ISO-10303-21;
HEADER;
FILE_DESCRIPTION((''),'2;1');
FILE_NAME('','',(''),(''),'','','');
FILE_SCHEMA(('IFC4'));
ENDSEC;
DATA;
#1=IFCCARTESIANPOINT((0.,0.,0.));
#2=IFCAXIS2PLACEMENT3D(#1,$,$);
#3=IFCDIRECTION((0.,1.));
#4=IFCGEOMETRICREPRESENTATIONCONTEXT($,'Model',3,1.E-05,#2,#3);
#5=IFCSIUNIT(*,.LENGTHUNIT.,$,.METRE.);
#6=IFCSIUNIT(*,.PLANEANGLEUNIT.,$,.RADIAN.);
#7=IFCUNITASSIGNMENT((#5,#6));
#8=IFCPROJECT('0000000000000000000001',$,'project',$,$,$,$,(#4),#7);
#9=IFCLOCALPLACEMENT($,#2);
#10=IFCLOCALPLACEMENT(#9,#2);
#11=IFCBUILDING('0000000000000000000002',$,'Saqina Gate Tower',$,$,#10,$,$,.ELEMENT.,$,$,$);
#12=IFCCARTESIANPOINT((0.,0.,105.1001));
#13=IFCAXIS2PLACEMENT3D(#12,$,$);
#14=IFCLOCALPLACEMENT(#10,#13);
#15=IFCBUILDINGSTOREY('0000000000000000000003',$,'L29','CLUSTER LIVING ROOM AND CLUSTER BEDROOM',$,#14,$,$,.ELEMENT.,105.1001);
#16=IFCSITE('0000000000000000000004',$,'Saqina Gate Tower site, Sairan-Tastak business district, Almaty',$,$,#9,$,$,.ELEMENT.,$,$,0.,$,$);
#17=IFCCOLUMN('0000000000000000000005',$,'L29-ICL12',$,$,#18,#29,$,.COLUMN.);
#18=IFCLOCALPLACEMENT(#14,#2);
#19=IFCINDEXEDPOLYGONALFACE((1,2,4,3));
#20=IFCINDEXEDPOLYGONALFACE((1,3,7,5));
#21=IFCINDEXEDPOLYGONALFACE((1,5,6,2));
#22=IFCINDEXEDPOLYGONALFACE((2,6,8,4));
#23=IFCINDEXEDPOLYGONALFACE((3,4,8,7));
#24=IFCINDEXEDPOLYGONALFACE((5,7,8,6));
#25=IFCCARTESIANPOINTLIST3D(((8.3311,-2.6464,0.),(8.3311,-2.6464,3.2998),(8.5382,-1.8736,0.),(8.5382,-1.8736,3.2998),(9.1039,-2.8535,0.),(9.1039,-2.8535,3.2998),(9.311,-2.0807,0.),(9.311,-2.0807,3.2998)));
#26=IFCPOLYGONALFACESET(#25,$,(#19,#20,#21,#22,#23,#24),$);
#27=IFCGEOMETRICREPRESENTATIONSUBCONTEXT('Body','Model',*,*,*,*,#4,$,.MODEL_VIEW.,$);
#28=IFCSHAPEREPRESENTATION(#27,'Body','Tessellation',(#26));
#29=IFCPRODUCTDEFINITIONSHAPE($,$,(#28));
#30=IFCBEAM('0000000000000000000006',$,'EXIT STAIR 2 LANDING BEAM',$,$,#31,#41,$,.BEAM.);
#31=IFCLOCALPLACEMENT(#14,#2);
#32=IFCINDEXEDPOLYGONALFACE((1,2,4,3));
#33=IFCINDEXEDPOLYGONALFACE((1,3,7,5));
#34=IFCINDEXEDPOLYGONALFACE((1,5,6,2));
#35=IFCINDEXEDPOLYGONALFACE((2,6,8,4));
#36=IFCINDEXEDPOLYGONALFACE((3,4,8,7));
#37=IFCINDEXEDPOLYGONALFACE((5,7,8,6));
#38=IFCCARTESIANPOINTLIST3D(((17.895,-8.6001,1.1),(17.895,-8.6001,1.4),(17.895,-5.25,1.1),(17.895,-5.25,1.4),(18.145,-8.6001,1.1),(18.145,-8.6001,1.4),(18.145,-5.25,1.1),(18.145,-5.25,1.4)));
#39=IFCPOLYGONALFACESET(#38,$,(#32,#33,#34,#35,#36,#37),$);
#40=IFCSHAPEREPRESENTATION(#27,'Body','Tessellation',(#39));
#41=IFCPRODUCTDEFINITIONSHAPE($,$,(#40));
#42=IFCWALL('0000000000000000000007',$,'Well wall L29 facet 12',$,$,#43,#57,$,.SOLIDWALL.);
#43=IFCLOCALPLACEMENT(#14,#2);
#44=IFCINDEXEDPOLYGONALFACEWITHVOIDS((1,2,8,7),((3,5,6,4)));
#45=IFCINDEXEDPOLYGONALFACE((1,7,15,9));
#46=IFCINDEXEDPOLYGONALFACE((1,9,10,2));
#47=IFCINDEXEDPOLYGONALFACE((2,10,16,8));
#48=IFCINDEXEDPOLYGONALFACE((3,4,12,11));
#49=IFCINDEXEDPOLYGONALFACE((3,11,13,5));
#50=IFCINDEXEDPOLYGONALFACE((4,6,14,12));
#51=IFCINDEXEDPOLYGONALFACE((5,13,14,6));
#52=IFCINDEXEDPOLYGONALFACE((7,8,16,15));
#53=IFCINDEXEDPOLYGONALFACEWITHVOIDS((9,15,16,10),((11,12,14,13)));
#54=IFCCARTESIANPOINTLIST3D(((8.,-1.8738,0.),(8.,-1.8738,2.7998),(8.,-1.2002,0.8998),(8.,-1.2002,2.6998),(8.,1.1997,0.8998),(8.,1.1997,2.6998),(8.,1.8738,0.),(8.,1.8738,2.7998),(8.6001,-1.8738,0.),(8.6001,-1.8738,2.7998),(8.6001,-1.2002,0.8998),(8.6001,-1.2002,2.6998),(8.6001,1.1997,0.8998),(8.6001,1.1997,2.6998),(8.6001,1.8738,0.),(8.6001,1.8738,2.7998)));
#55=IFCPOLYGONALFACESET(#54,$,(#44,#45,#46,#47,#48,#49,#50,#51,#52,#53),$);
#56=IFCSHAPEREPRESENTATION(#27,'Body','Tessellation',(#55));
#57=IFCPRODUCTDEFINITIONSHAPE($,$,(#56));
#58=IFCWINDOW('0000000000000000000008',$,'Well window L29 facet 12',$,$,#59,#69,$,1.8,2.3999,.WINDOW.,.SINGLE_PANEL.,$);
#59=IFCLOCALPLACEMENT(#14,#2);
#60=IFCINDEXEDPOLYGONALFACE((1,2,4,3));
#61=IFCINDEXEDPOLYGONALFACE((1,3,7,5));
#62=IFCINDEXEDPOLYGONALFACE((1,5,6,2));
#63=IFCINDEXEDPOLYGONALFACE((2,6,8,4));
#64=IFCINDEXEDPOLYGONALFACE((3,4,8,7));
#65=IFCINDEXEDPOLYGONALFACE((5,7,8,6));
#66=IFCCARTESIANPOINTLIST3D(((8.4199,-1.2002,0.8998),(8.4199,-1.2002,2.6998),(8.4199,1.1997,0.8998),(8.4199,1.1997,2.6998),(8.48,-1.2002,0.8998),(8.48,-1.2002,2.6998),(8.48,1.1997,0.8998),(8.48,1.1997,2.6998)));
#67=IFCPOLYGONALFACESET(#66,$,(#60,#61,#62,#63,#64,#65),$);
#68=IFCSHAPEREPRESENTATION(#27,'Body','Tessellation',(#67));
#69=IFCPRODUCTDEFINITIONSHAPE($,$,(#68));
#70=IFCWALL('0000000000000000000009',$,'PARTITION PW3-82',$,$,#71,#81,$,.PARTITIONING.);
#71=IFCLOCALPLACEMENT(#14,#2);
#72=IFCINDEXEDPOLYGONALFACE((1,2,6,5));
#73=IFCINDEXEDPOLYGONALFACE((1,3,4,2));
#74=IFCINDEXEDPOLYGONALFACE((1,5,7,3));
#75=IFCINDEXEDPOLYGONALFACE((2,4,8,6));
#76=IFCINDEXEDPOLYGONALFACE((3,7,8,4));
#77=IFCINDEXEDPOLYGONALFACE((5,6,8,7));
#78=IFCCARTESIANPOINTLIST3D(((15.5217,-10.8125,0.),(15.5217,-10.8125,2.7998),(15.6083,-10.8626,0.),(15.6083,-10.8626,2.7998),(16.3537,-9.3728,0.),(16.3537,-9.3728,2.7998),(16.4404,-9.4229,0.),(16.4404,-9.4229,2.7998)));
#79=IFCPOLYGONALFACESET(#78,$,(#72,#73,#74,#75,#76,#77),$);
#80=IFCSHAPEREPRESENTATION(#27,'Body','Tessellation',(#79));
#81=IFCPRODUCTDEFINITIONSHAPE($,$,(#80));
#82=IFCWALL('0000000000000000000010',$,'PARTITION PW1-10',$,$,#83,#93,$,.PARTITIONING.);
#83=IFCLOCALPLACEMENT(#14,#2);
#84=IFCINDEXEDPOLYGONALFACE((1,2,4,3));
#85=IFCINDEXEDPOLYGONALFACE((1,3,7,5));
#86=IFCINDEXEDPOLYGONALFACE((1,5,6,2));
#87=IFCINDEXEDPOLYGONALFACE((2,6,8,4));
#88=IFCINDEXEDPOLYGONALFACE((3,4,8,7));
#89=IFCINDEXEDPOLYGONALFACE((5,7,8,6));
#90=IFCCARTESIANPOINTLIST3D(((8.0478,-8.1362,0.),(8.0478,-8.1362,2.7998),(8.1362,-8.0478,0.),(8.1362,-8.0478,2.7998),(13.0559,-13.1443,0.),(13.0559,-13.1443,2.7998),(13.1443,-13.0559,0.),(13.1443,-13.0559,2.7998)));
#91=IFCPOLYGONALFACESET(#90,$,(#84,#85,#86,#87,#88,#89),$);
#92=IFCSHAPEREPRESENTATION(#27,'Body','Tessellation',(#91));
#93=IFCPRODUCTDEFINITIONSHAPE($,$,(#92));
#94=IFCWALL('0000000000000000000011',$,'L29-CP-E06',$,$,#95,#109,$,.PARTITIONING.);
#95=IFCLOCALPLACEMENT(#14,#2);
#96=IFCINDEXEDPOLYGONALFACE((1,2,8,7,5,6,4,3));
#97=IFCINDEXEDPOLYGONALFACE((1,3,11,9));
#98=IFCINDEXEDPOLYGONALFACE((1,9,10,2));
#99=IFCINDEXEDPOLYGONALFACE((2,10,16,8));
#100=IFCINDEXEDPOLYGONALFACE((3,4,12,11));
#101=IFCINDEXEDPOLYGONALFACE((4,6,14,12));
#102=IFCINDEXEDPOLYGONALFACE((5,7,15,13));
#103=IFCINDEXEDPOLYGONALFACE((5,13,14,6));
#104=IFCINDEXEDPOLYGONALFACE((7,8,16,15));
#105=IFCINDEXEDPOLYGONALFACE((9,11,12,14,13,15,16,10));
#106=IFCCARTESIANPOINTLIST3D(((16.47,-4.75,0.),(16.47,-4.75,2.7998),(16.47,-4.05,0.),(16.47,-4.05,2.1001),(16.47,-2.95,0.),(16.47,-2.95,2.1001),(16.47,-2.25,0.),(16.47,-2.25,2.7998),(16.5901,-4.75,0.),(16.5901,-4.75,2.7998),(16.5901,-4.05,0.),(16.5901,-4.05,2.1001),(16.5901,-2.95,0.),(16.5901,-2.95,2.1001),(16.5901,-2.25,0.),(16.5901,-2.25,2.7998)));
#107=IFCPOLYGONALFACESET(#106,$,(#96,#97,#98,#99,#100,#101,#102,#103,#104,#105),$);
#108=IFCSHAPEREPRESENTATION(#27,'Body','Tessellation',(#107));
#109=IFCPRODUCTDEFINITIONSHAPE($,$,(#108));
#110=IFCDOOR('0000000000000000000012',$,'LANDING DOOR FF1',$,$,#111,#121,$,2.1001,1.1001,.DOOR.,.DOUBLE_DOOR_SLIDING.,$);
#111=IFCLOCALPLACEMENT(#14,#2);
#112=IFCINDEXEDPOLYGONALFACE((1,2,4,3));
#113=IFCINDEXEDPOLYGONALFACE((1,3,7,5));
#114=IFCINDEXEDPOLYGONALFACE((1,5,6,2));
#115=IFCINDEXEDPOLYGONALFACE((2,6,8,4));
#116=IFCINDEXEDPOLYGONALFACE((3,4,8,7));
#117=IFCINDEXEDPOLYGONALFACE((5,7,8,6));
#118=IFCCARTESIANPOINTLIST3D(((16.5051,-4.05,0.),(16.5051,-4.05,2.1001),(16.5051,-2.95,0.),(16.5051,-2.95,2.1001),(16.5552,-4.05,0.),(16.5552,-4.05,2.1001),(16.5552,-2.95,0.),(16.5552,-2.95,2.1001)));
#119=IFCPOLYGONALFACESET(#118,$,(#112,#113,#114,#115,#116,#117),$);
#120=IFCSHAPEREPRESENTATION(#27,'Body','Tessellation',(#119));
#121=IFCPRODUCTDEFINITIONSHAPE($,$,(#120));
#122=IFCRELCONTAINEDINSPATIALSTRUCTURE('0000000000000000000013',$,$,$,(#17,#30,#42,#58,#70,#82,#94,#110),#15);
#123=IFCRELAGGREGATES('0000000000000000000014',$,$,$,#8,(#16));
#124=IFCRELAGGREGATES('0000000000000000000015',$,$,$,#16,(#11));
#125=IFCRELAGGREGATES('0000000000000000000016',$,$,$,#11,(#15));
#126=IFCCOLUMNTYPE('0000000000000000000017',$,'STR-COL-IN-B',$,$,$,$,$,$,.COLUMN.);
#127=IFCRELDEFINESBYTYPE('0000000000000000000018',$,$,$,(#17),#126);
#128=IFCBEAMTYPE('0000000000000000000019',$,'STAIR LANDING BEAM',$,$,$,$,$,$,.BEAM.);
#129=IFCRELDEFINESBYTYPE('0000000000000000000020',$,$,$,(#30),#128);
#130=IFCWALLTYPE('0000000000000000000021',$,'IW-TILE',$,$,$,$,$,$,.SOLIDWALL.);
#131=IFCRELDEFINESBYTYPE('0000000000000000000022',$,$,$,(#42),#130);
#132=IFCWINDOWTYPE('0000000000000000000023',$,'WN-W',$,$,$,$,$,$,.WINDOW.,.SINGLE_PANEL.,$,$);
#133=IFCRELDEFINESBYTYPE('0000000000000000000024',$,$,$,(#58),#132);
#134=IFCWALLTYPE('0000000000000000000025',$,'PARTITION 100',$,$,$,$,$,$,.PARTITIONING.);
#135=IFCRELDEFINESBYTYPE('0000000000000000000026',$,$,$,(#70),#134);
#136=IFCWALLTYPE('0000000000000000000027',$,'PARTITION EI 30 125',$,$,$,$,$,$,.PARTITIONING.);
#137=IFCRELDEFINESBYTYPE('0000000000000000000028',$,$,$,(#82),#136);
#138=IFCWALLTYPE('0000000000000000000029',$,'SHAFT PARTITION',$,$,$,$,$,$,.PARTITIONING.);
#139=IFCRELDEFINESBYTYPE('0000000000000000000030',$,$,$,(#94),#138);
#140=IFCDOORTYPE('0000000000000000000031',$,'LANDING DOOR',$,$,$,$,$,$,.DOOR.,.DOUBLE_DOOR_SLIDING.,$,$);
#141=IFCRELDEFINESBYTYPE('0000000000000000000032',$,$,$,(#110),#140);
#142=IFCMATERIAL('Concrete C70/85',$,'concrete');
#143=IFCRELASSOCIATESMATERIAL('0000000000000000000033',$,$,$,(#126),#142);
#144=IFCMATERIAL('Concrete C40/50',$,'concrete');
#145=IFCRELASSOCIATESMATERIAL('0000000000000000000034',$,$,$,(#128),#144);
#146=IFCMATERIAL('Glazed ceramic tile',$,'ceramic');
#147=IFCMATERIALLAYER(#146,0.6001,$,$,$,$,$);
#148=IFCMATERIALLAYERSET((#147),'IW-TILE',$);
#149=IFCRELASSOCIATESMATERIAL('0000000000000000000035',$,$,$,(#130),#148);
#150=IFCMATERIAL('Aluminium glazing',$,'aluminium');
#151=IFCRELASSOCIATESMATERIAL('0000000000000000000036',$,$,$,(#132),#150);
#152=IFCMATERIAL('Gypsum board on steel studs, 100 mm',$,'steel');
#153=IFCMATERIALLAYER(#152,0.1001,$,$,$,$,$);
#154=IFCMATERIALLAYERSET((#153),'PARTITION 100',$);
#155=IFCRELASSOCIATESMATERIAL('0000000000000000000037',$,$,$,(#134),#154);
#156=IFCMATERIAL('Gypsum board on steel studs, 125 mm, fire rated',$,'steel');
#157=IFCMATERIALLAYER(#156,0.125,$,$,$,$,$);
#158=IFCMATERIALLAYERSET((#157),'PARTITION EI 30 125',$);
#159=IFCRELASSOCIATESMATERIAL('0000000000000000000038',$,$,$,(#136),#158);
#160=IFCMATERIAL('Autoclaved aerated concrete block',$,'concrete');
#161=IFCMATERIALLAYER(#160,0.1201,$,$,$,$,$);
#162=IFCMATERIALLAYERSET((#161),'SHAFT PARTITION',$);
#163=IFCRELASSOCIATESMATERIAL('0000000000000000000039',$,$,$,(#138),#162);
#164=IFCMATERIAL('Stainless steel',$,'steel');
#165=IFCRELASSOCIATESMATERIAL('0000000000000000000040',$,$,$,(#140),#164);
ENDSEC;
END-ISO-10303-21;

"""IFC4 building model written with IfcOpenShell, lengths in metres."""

from ifc_helpers import new_model, si_unit, direction, frame, frame_2d, origin, origin_2d, place, context, subcontext, project, spatial, rectangle, extrude, material, layer, layer_set, material_profile, profile_set, type_object, element, fill, save


model = new_model("IFC4")

# Units and contexts
model_context = context("Model", 3, precision=1e-05, world=origin(), true_north=direction((0.0, 1.0)))
body_context = subcontext(model_context, "Body", "Model", "MODEL_VIEW")
ifc_project = project(units=[si_unit("LENGTHUNIT", "METRE"), si_unit("PLANEANGLEUNIT", "RADIAN")], contexts=[model_context])

# Site, building, storey
site_placement = place(None, origin())
site = spatial("IfcSite", under=ifc_project, at=site_placement, Name="Saqina Gate Tower site, Sairan-Tastak business district, Almaty", CompositionType="ELEMENT", RefElevation=0.0)
building_placement = place(site_placement, origin())
building = spatial("IfcBuilding", under=site, at=building_placement, Name="Saqina Gate Tower", CompositionType="ELEMENT")
storey_placement = place(building_placement, frame((0.0, 0.0, 105.1001)))
storey = spatial("IfcBuildingStorey", under=building, at=storey_placement, Name="L29", Description="CLUSTER LIVING ROOM AND CLUSTER BEDROOM", CompositionType="ELEMENT", Elevation=105.1001)

# Column
ifc_material_1 = material(Name="Concrete C70/85", Category="concrete")
ifc_material_profile_1 = material_profile(ifc_material_1, rectangle(XDim=0.8, YDim=0.8, at=origin_2d()), Name="RC 800x800")
ifc_profile_set_1 = profile_set([ifc_material_profile_1], Name="Concrete C70/85")
column_type = type_object("IfcColumnType", Name="STR-COL-IN-B", PredefinedType="COLUMN", material=ifc_profile_set_1)
column_placement = place(storey_placement, frame((8.821, -2.3635, 0.0), z_axis=(0.0, 0.0, 1.0), x_axis=(0.965926, -0.258819, 0.0)))
element("IfcColumn", 1, at=column_placement, inside=storey, type_object=column_type, Name="L29-ICL12", PredefinedType="COLUMN", context=body_context, shape_type="SweptSolid", body=[
    extrude(rectangle(XDim=0.8, YDim=0.8, at=origin_2d()), origin(), (0.0, 0.0, 1.0), 3.2998),
])

# Beam
ifc_material_2 = material(Name="Concrete C40/50", Category="concrete")
ifc_material_profile_2 = material_profile(ifc_material_2, rectangle(XDim=0.25, YDim=0.3, at=origin_2d()), Name="STAIR LANDING BEAM")
ifc_profile_set_2 = profile_set([ifc_material_profile_2], Name="Concrete C40/50")
beam_type = type_object("IfcBeamType", Name="STAIR LANDING BEAM", PredefinedType="BEAM", material=ifc_profile_set_2)
beam_placement = place(storey_placement, frame((18.02, -8.6001, 1.25), z_axis=(0.0, 1.0, 0.0), x_axis=(-1.0, 0.0, 0.0)))
element("IfcBeam", 2, at=beam_placement, inside=storey, type_object=beam_type, Name="EXIT STAIR 2 LANDING BEAM", PredefinedType="BEAM", context=body_context, shape_type="SweptSolid", body=[
    extrude(rectangle(XDim=0.25, YDim=0.3, at=origin_2d()), origin(), (0.0, 0.0, 1.0), 3.3501),
])

# Wall, opening, window
ifc_material_3 = material(Name="Glazed ceramic tile", Category="ceramic")
ifc_layer_1 = layer(ifc_material_3, 0.6001)
ifc_layer_set_1 = layer_set([ifc_layer_1], Name="IW-TILE")
wall_type_1 = type_object("IfcWallType", Name="IW-TILE", PredefinedType="SOLIDWALL", material=ifc_layer_set_1)
wall_1_placement = place(storey_placement, frame((8.3, -1.8738, 0.0), z_axis=(0.0, 0.0, 1.0), x_axis=(0.0, 1.0, 0.0)))
wall_1 = element("IfcWall", 3, at=wall_1_placement, inside=storey, type_object=wall_type_1, Name="Well wall L29 facet 12", PredefinedType="SOLIDWALL", context=body_context, shape_type="SweptSolid", body=[
    extrude(rectangle(XDim=3.7476, YDim=0.6001, at=frame_2d((1.8738, 0.0))), origin(), (0.0, 0.0, 1.0), 2.7998),
])
opening_1_placement = place(wall_1_placement, frame((0.6736, 0.0, 0.8999)))
opening_1 = element("IfcOpeningElement", 4, at=opening_1_placement, cuts=wall_1, PredefinedType="OPENING", context=body_context, shape_type="SweptSolid", body=[
    extrude(rectangle(XDim=2.3999, YDim=1.8, at=frame_2d((1.2, 0.8999))), frame((0.0, 0.312, 0.0), z_axis=(0.0, -1.0, 0.0), x_axis=(1.0, 0.0, 0.0)), (0.0, 0.0, 1.0), 0.624),
])
ifc_material_4 = material(Name="Aluminium glazing", Category="aluminium")
window_type = type_object("IfcWindowType", Name="WN-W", PartitioningType="SINGLE_PANEL", PredefinedType="WINDOW", material=ifc_material_4)
window_placement = place(opening_1_placement, origin())
window = element("IfcWindow", 5, at=window_placement, inside=storey, type_object=window_type, Name="Well window L29 facet 12", OverallHeight=1.8, OverallWidth=2.3999, PartitioningType="SINGLE_PANEL", PredefinedType="WINDOW", context=body_context, shape_type="SweptSolid", body=[
    extrude(rectangle(XDim=2.3999, YDim=1.8, at=frame_2d((1.2, 0.8999))), frame((0.0, -0.1199, 0.0), z_axis=(0.0, -1.0, 0.0), x_axis=(1.0, 0.0, 0.0)), (0.0, 0.0, 1.0), 0.0601),
])
fill(opening_1, window)

# Walls
ifc_material_5 = material(Name="Gypsum board on steel studs, 100 mm", Category="steel")
ifc_layer_2 = layer(ifc_material_5, 0.1001)
ifc_layer_set_2 = layer_set([ifc_layer_2], Name="PARTITION 100")
wall_type_2 = type_object("IfcWallType", Name="PARTITION 100", PredefinedType="PARTITIONING", material=ifc_layer_set_2)
wall_2_placement = place(storey_placement, frame((15.5649, -10.8376, 0.0), z_axis=(0.0, 0.0, 1.0), x_axis=(0.500371, 0.865811, 0.0)))
element("IfcWall", 6, at=wall_2_placement, inside=storey, type_object=wall_type_2, Name="PARTITION PW3-82", PredefinedType="PARTITIONING", context=body_context, shape_type="SweptSolid", body=[
    extrude(rectangle(XDim=1.6628, YDim=0.1001, at=frame_2d((0.8315, 0.0))), origin(), (0.0, 0.0, 1.0), 2.7998),
])
ifc_material_6 = material(Name="Gypsum board on steel studs, 125 mm, fire rated", Category="steel")
ifc_layer_3 = layer(ifc_material_6, 0.125)
ifc_layer_set_3 = layer_set([ifc_layer_3], Name="PARTITION EI 30 125")
wall_type_3 = type_object("IfcWallType", Name="PARTITION EI 30 125", PredefinedType="PARTITIONING", material=ifc_layer_set_3)
wall_3_placement = place(storey_placement, frame((8.092, -8.092, 0.0), z_axis=(0.0, 0.0, 1.0), x_axis=(0.707107, -0.707107, 0.0)))
element("IfcWall", 7, at=wall_3_placement, inside=storey, type_object=wall_type_3, Name="PARTITION PW1-10", PredefinedType="PARTITIONING", context=body_context, shape_type="SweptSolid", body=[
    extrude(rectangle(XDim=7.0825, YDim=0.125, at=frame_2d((3.5413, 0.0))), origin(), (0.0, 0.0, 1.0), 2.7998),
])

# Wall, opening, door
ifc_material_7 = material(Name="Autoclaved aerated concrete block", Category="concrete")
ifc_layer_4 = layer(ifc_material_7, 0.1201)
ifc_layer_set_4 = layer_set([ifc_layer_4], Name="SHAFT PARTITION")
wall_type_4 = type_object("IfcWallType", Name="SHAFT PARTITION", PredefinedType="PARTITIONING", material=ifc_layer_set_4)
wall_4_placement = place(storey_placement, frame((16.53, -4.75, 0.0), z_axis=(0.0, 0.0, 1.0), x_axis=(0.0, 1.0, 0.0)))
wall_4 = element("IfcWall", 8, at=wall_4_placement, inside=storey, type_object=wall_type_4, Name="L29-CP-E06", PredefinedType="PARTITIONING", context=body_context, shape_type="SweptSolid", body=[
    extrude(rectangle(XDim=2.5, YDim=0.1201, at=frame_2d((1.25, 0.0))), origin(), (0.0, 0.0, 1.0), 2.7998),
])
opening_2_placement = place(wall_4_placement, frame((0.7, 0.0, 0.0)))
opening_2 = element("IfcOpeningElement", 9, at=opening_2_placement, cuts=wall_4, PredefinedType="OPENING", context=body_context, shape_type="SweptSolid", body=[
    extrude(rectangle(XDim=1.1001, YDim=2.1001, at=frame_2d((0.55, 1.05))), frame((0.0, 0.072, 0.0), z_axis=(0.0, -1.0, 0.0), x_axis=(1.0, 0.0, 0.0)), (0.0, 0.0, 1.0), 0.144),
])
ifc_material_8 = material(Name="Stainless steel", Category="steel")
door_type_1 = type_object("IfcDoorType", Name="LANDING DOOR", OperationType="DOUBLE_DOOR_SLIDING", PredefinedType="DOOR", material=ifc_material_8)
door_1_placement = place(opening_2_placement, origin())
door_1 = element("IfcDoor", 10, at=door_1_placement, inside=storey, type_object=door_type_1, Name="LANDING DOOR FF1", OperationType="DOUBLE_DOOR_SLIDING", OverallHeight=2.1001, OverallWidth=1.1001, PredefinedType="DOOR", context=body_context, shape_type="SweptSolid", body=[
    extrude(rectangle(XDim=1.1001, YDim=2.1001, at=frame_2d((0.55, 1.05))), frame((0.0, 0.0249, 0.0), z_axis=(0.0, -1.0, 0.0), x_axis=(1.0, 0.0, 0.0)), (0.0, 0.0, 1.0), 0.05),
])
fill(opening_2, door_1)

save(model, "model.ifc")
